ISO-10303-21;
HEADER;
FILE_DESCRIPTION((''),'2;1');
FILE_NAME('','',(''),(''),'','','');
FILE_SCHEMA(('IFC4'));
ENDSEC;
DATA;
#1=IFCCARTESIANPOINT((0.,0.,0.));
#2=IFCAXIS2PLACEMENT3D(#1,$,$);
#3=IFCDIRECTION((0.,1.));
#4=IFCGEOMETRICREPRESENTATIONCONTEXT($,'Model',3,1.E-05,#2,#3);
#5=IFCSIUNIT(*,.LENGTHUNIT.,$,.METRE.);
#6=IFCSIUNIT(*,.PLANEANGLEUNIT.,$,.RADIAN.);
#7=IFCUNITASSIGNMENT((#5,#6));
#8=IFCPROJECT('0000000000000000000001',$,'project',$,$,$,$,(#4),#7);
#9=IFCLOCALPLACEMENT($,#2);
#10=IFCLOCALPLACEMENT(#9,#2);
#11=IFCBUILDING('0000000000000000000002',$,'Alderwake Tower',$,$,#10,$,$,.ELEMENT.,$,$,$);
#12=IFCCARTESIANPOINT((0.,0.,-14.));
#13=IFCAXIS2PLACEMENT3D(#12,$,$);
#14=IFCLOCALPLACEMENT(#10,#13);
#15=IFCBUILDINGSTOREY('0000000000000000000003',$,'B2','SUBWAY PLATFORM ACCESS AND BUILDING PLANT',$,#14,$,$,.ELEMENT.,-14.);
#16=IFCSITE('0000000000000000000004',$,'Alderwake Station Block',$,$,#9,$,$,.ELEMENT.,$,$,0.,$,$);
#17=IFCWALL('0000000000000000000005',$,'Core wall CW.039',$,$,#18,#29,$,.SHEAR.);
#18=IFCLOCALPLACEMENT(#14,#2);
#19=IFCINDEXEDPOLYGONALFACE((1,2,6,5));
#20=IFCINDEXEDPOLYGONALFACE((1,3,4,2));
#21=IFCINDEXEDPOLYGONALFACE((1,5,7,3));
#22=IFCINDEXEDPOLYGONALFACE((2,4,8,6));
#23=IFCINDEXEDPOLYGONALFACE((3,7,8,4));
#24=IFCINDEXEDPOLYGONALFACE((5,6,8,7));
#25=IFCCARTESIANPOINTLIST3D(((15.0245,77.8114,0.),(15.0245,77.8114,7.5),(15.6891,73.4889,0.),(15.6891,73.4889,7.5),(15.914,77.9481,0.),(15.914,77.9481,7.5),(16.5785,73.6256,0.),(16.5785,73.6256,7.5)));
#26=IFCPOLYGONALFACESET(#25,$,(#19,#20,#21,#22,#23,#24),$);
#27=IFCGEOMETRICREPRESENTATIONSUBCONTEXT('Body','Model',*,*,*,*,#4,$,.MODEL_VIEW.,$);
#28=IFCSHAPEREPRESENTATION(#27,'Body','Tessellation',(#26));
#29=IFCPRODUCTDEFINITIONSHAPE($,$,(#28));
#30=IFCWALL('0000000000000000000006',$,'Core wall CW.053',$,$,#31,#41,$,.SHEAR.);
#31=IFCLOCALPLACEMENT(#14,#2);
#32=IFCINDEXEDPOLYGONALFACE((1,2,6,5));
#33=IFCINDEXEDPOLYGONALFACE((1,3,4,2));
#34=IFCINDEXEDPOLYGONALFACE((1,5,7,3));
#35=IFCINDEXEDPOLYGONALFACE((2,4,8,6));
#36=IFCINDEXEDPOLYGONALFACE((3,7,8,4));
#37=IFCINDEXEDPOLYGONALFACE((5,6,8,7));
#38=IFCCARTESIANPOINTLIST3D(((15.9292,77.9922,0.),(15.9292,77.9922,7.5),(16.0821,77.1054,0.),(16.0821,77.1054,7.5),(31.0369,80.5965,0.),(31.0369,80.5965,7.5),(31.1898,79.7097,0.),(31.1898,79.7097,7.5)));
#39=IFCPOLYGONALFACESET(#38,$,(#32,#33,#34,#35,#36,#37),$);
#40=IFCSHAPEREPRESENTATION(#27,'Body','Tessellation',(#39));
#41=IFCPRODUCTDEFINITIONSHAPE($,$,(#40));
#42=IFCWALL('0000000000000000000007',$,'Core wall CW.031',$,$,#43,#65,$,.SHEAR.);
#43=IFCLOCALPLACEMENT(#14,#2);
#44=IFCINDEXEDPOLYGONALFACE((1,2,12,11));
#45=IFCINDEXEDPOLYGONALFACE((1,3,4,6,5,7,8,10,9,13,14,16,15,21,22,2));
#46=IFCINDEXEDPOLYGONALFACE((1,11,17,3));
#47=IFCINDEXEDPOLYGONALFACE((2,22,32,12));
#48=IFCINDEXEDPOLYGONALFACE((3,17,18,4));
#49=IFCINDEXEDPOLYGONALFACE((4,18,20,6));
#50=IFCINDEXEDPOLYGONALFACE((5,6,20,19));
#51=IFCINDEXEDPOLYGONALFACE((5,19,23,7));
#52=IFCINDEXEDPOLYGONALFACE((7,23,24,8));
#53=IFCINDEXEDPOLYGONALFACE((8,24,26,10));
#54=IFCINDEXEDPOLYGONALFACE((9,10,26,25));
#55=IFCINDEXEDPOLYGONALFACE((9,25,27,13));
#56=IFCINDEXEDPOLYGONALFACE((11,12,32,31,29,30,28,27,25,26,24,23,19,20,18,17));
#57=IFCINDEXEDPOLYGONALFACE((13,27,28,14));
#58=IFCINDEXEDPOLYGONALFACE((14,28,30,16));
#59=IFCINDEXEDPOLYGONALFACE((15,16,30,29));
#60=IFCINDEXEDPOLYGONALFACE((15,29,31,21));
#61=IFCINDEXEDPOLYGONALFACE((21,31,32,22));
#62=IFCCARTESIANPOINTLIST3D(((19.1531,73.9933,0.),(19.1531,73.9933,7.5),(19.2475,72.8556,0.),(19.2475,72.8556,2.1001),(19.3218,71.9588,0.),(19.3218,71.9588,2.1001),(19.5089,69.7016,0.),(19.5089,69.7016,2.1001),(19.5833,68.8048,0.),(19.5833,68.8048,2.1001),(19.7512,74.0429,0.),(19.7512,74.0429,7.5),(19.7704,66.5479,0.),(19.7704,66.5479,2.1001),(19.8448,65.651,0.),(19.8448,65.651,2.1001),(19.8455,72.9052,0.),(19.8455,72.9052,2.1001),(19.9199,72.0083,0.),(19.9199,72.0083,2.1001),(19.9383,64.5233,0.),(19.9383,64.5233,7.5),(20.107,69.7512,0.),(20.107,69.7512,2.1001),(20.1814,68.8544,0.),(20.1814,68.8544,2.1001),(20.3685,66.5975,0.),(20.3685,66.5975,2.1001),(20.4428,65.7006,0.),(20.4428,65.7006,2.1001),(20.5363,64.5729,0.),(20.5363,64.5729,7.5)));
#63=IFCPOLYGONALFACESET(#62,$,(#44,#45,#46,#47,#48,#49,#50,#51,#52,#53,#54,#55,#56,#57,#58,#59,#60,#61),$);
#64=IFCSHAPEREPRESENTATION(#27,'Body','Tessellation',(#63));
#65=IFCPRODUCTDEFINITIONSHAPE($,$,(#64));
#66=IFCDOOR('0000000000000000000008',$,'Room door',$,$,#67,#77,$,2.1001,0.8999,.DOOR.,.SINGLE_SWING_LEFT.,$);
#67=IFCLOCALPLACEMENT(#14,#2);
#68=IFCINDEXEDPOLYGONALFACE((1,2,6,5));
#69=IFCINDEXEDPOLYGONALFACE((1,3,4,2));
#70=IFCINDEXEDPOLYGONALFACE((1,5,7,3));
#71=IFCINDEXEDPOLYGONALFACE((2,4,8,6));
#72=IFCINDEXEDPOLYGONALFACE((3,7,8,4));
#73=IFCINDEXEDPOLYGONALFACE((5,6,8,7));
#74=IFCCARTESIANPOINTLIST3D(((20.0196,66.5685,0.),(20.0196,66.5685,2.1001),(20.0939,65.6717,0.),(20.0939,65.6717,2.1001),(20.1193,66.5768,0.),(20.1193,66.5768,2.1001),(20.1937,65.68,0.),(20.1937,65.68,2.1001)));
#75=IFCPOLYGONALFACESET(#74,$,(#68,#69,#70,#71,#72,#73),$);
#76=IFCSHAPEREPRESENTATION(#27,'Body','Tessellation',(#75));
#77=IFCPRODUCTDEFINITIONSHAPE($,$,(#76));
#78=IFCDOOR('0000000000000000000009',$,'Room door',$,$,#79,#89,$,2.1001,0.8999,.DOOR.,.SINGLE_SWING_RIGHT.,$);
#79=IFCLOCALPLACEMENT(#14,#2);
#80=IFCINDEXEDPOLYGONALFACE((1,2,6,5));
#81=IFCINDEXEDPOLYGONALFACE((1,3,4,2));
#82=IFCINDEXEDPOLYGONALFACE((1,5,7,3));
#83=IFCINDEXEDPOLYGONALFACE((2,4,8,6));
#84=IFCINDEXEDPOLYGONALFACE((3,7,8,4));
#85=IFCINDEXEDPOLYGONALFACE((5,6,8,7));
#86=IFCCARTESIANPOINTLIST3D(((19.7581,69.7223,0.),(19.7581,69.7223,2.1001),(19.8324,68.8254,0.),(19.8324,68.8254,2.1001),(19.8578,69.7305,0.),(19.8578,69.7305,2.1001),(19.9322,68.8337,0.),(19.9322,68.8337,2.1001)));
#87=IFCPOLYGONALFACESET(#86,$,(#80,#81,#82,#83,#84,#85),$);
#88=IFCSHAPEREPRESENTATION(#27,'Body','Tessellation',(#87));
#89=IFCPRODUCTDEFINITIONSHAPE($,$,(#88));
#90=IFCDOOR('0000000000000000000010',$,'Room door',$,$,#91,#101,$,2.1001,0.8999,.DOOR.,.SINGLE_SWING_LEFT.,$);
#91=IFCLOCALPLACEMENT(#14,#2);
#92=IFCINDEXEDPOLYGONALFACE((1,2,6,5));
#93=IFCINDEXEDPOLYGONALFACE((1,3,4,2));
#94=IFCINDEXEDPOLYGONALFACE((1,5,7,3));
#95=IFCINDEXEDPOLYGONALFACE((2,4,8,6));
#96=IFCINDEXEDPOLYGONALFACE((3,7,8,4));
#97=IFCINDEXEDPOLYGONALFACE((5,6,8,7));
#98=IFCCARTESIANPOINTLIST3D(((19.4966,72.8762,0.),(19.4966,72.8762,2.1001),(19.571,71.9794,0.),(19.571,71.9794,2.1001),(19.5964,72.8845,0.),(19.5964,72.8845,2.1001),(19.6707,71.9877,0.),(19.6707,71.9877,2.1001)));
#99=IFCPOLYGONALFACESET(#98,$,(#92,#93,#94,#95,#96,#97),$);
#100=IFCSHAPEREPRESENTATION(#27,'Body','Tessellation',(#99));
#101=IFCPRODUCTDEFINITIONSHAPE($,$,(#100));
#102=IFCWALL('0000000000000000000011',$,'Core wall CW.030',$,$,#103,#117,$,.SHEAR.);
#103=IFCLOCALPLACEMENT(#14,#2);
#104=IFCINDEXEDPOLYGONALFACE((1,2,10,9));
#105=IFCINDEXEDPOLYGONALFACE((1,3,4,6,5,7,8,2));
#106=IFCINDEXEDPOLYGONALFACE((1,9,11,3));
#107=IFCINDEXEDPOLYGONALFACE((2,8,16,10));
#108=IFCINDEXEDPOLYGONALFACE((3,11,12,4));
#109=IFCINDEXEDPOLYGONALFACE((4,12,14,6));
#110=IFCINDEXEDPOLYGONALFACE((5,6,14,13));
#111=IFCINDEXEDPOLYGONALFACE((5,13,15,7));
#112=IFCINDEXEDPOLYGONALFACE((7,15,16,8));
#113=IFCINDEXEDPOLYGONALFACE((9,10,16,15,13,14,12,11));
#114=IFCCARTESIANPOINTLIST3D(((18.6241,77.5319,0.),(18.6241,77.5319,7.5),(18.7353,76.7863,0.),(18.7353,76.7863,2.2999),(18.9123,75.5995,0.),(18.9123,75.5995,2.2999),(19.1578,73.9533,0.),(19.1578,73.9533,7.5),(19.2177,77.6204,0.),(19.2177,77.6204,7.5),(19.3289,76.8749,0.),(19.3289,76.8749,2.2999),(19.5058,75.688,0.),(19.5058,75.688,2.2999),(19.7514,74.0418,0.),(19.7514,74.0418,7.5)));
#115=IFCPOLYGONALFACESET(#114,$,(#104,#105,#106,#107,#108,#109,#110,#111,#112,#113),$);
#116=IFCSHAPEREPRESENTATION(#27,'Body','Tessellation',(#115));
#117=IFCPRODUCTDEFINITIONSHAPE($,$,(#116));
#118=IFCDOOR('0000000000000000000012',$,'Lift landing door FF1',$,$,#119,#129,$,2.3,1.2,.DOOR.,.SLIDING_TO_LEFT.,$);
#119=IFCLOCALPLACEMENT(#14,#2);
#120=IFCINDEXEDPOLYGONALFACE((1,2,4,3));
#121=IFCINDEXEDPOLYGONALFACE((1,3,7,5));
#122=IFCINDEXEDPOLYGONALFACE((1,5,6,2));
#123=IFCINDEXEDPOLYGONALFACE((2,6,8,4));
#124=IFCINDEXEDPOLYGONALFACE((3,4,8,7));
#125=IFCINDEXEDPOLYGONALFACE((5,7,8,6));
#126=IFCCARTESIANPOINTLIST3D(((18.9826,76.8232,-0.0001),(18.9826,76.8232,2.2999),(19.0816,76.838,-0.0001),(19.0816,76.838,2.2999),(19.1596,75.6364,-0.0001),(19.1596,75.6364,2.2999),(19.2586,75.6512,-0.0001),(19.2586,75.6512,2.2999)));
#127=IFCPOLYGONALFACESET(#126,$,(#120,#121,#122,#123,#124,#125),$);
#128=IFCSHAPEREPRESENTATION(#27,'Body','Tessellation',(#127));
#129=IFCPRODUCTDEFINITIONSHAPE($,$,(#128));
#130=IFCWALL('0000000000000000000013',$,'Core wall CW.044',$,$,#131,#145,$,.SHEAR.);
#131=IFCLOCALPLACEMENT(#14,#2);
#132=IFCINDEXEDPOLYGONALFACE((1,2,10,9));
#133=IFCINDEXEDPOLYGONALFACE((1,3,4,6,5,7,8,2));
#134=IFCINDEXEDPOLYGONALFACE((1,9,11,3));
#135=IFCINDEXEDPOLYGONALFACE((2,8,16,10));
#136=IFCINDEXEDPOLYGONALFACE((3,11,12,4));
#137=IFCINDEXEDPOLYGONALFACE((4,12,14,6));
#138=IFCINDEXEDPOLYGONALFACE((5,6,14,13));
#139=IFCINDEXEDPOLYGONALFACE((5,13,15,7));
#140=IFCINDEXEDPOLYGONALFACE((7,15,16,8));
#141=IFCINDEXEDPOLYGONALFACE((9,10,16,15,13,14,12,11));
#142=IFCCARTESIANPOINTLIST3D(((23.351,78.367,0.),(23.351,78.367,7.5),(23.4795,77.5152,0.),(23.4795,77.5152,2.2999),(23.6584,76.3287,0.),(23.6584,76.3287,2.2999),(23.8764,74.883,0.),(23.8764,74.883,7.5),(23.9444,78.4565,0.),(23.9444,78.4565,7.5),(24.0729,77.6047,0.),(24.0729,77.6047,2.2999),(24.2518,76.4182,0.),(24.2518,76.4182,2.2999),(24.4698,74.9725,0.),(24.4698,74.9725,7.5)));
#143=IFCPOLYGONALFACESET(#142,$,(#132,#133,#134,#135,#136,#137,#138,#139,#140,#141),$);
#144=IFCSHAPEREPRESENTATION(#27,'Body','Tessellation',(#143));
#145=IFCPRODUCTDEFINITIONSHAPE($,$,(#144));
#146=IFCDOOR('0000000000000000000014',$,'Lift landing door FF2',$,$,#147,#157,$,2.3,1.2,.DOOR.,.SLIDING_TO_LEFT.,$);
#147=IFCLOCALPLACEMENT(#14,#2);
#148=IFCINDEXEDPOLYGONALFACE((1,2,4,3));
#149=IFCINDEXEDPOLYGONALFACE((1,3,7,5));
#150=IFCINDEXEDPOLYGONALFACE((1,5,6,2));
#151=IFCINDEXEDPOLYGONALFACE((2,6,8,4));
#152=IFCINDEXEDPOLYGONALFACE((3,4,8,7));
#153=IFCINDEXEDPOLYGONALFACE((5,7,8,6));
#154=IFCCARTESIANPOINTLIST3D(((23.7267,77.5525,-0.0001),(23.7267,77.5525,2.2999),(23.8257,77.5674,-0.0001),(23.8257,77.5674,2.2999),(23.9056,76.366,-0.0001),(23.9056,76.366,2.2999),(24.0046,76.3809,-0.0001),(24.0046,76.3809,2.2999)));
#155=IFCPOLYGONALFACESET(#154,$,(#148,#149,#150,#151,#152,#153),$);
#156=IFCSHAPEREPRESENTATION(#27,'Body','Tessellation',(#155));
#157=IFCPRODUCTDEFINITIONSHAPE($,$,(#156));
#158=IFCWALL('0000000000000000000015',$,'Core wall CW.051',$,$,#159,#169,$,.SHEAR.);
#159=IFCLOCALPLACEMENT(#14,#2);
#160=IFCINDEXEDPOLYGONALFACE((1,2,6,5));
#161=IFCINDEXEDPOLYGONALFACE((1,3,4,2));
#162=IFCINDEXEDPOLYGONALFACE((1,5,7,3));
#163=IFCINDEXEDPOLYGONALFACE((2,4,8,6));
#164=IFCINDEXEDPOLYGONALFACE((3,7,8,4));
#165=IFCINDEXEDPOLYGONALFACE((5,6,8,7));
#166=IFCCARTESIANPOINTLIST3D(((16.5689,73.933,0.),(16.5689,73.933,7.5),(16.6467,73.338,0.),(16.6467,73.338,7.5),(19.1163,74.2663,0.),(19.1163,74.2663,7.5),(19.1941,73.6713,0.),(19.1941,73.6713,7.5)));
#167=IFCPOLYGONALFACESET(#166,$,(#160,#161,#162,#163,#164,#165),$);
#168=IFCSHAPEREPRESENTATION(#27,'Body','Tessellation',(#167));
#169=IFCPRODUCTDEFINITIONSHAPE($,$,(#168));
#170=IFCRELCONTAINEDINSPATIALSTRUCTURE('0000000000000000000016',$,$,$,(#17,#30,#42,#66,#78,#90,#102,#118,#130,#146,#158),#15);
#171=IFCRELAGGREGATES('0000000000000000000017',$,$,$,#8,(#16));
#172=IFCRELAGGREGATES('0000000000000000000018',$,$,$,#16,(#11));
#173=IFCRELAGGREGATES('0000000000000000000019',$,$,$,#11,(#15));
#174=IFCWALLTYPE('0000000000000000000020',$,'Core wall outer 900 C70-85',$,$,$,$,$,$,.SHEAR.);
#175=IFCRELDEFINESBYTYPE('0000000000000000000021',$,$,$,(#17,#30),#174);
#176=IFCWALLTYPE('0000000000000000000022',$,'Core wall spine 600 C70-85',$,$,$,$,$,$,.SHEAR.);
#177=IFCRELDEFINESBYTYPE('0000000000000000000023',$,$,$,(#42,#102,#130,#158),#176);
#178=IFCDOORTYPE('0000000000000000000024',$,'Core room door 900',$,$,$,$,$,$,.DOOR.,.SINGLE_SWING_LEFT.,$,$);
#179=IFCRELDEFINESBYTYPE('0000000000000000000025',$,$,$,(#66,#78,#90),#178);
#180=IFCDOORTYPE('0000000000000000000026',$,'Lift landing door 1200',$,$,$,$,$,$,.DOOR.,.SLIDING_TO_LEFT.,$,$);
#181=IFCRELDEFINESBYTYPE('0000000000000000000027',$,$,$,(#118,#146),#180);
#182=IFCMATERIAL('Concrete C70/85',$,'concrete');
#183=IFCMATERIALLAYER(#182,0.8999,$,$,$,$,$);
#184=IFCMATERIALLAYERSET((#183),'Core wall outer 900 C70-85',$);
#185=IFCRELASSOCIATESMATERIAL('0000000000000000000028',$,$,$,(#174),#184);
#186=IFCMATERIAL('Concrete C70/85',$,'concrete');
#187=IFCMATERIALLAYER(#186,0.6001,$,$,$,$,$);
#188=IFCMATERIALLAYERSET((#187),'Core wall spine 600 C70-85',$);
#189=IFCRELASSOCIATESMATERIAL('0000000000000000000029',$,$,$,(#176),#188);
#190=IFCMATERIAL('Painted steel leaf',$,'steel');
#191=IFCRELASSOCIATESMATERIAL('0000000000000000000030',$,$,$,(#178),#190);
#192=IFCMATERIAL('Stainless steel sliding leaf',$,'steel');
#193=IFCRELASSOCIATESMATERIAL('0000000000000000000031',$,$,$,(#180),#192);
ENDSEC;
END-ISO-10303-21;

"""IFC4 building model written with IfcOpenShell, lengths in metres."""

from ifc_helpers import new_model, si_unit, direction, frame, frame_2d, origin, place, context, subcontext, project, spatial, rectangle, extrude, material, layer, layer_set, type_object, element, fill, save


model = new_model("IFC4")

# Units and contexts
model_context = context("Model", 3, precision=1e-05, world=origin(), true_north=direction((0.0, 1.0)))
body_context = subcontext(model_context, "Body", "Model", "MODEL_VIEW")
ifc_project = project(units=[si_unit("LENGTHUNIT", "METRE"), si_unit("PLANEANGLEUNIT", "RADIAN")], contexts=[model_context])

# Site, building, storey
site_placement = place(None, origin())
site = spatial("IfcSite", under=ifc_project, at=site_placement, Name="Alderwake Station Block", CompositionType="ELEMENT", RefElevation=0.0)
building_placement = place(site_placement, origin())
building = spatial("IfcBuilding", under=site, at=building_placement, Name="Alderwake Tower", CompositionType="ELEMENT")
storey_placement = place(building_placement, frame((0.0, 0.0, -14.0)))
storey = spatial("IfcBuildingStorey", under=building, at=storey_placement, Name="B2", Description="SUBWAY PLATFORM ACCESS AND BUILDING PLANT", CompositionType="ELEMENT", Elevation=-14.0)

# Walls
ifc_material_1 = material(Name="Concrete C70/85", Category="concrete")
ifc_layer_1 = layer(ifc_material_1, 0.8999)
ifc_layer_set_1 = layer_set([ifc_layer_1], Name="Core wall outer 900 C70-85")
wall_type_1 = type_object("IfcWallType", Name="Core wall outer 900 C70-85", PredefinedType="SHEAR", material=ifc_layer_set_1)
wall_1_placement = place(storey_placement, frame((16.1338, 73.5574, 0.0), z_axis=(0.0, 0.0, 1.0), x_axis=(-0.151957, 0.988387, 0.0)))
element("IfcWall", 1, at=wall_1_placement, inside=storey, type_object=wall_type_1, Name="Core wall CW.039", PredefinedType="SHEAR", context=body_context, shape_type="SweptSolid", body=[
    extrude(rectangle(XDim=4.3733, YDim=0.8999, at=frame_2d((2.1865, 0.0))), origin(), (0.0, 0.0, 1.0), 7.5),
])
wall_2_placement = place(storey_placement, frame((16.0056, 77.5488, 0.0), z_axis=(0.0, 0.0, 1.0), x_axis=(0.985466, 0.169874, 0.0)))
element("IfcWall", 2, at=wall_2_placement, inside=storey, type_object=wall_type_1, Name="Core wall CW.053", PredefinedType="SHEAR", context=body_context, shape_type="SweptSolid", body=[
    extrude(rectangle(XDim=15.3306, YDim=0.8999, at=frame_2d((7.6653, 0.0))), origin(), (0.0, 0.0, 1.0), 7.5),
])

# Wall, openings, doors
ifc_material_2 = material(Name="Concrete C70/85", Category="concrete")
ifc_layer_2 = layer(ifc_material_2, 0.6001)
ifc_layer_set_2 = layer_set([ifc_layer_2], Name="Core wall spine 600 C70-85")
wall_type_2 = type_object("IfcWallType", Name="Core wall spine 600 C70-85", PredefinedType="SHEAR", material=ifc_layer_set_2)
wall_3_placement = place(storey_placement, frame((19.4521, 74.0181, 0.0), z_axis=(0.0, 0.0, 1.0), x_axis=(0.082627, -0.996581, 0.0)))
wall_3 = element("IfcWall", 3, at=wall_3_placement, inside=storey, type_object=wall_type_2, Name="Core wall CW.031", PredefinedType="SHEAR", context=body_context, shape_type="SweptSolid", body=[
    extrude(rectangle(XDim=9.5024, YDim=0.6001, at=frame_2d((4.7512, 0.0))), origin(), (0.0, 0.0, 1.0), 7.5),
])
opening_1_placement = place(wall_3_placement, frame((7.4709, 0.0, 0.0)))
opening_1 = element("IfcOpeningElement", 4, at=opening_1_placement, cuts=wall_3, PredefinedType="OPENING", context=body_context, shape_type="SweptSolid", body=[
    extrude(rectangle(XDim=0.8999, YDim=2.1001, at=frame_2d((0.45, 1.05))), frame((0.0, 0.3101, 0.0), z_axis=(0.0, -1.0, 0.0), x_axis=(1.0, 0.0, 0.0)), (0.0, 0.0, 1.0), 0.6201),
])
opening_2_placement = place(wall_3_placement, frame((4.3064, 0.0, 0.0)))
opening_2 = element("IfcOpeningElement", 5, at=opening_2_placement, cuts=wall_3, PredefinedType="OPENING", context=body_context, shape_type="SweptSolid", body=[
    extrude(rectangle(XDim=0.8999, YDim=2.1001, at=frame_2d((0.45, 1.05))), frame((0.0, 0.3101, 0.0), z_axis=(0.0, -1.0, 0.0), x_axis=(1.0, 0.0, 0.0)), (0.0, 0.0, 1.0), 0.6201),
])
opening_3_placement = place(wall_3_placement, frame((1.1416, 0.0, 0.0)))
opening_3 = element("IfcOpeningElement", 6, at=opening_3_placement, cuts=wall_3, PredefinedType="OPENING", context=body_context, shape_type="SweptSolid", body=[
    extrude(rectangle(XDim=0.8999, YDim=2.1001, at=frame_2d((0.45, 1.05))), frame((0.0, 0.3101, 0.0), z_axis=(0.0, -1.0, 0.0), x_axis=(1.0, 0.0, 0.0)), (0.0, 0.0, 1.0), 0.6201),
])
ifc_material_3 = material(Name="Painted steel leaf", Category="steel")
door_type_1 = type_object("IfcDoorType", Name="Core room door 900", OperationType="SINGLE_SWING_LEFT", PredefinedType="DOOR", material=ifc_material_3)
door_1_placement = place(opening_1_placement, origin())
door_1 = element("IfcDoor", 7, at=door_1_placement, inside=storey, type_object=door_type_1, Name="Room door", OperationType="SINGLE_SWING_LEFT", OverallHeight=2.1001, OverallWidth=0.8999, PredefinedType="DOOR", context=body_context, shape_type="SweptSolid", body=[
    extrude(rectangle(XDim=0.8999, YDim=2.1001, at=frame_2d((0.45, 1.05))), frame((0.0, 0.05, 0.0), z_axis=(0.0, -1.0, 0.0), x_axis=(1.0, 0.0, 0.0)), (0.0, 0.0, 1.0), 0.1001),
])
fill(opening_1, door_1)
door_2_placement = place(opening_2_placement, origin())
door_2 = element("IfcDoor", 8, at=door_2_placement, inside=storey, type_object=door_type_1, Name="Room door", OperationType="SINGLE_SWING_RIGHT", OverallHeight=2.1001, OverallWidth=0.8999, PredefinedType="DOOR", context=body_context, shape_type="SweptSolid", body=[
    extrude(rectangle(XDim=0.8999, YDim=2.1001, at=frame_2d((0.45, 1.05))), frame((0.0, 0.05, 0.0), z_axis=(0.0, -1.0, 0.0), x_axis=(1.0, 0.0, 0.0)), (0.0, 0.0, 1.0), 0.1001),
])
fill(opening_2, door_2)
door_3_placement = place(opening_3_placement, origin())
door_3 = element("IfcDoor", 9, at=door_3_placement, inside=storey, type_object=door_type_1, Name="Room door", OperationType="SINGLE_SWING_LEFT", OverallHeight=2.1001, OverallWidth=0.8999, PredefinedType="DOOR", context=body_context, shape_type="SweptSolid", body=[
    extrude(rectangle(XDim=0.8999, YDim=2.1001, at=frame_2d((0.45, 1.05))), frame((0.0, 0.05, 0.0), z_axis=(0.0, -1.0, 0.0), x_axis=(1.0, 0.0, 0.0)), (0.0, 0.0, 1.0), 0.1001),
])
fill(opening_3, door_3)

# Walls, openings, doors
wall_4_placement = place(storey_placement, frame((19.4546, 73.9976, 0.0), z_axis=(0.0, 0.0, 1.0), x_axis=(-0.147502, 0.989062, 0.0)))
wall_4 = element("IfcWall", 10, at=wall_4_placement, inside=storey, type_object=wall_type_2, Name="Core wall CW.030", PredefinedType="SHEAR", context=body_context, shape_type="SweptSolid", body=[
    extrude(rectangle(XDim=3.6182, YDim=0.6001, at=frame_2d((1.8091, 0.0))), origin(), (0.0, 0.0, 1.0), 7.5),
])
opening_4_placement = place(wall_4_placement, frame((1.6643, 0.0, 0.0)))
opening_4 = element("IfcOpeningElement", 11, at=opening_4_placement, cuts=wall_4, PredefinedType="OPENING", context=body_context, shape_type="SweptSolid", body=[
    extrude(rectangle(XDim=1.2, YDim=2.3, at=frame_2d((0.6001, 1.1499))), frame((0.0, 0.3101, 0.0), z_axis=(0.0, -1.0, 0.0), x_axis=(1.0, 0.0, 0.0)), (0.0, 0.0, 1.0), 0.6201),
])
ifc_material_4 = material(Name="Stainless steel sliding leaf", Category="steel")
door_type_2 = type_object("IfcDoorType", Name="Lift landing door 1200", OperationType="SLIDING_TO_LEFT", PredefinedType="DOOR", material=ifc_material_4)
door_4_placement = place(opening_4_placement, origin())
door_4 = element("IfcDoor", 12, at=door_4_placement, inside=storey, type_object=door_type_2, Name="Lift landing door FF1", OperationType="SLIDING_TO_LEFT", OverallHeight=2.3, OverallWidth=1.2, PredefinedType="DOOR", context=body_context, shape_type="SweptSolid", body=[
    extrude(rectangle(XDim=1.2, YDim=2.3, at=frame_2d((0.6001, 1.1499))), frame((0.0, 0.05, 0.0), z_axis=(0.0, -1.0, 0.0), x_axis=(1.0, 0.0, 0.0)), (0.0, 0.0, 1.0), 0.1001),
])
fill(opening_4, door_4)
wall_5_placement = place(storey_placement, frame((24.1731, 74.9277, 0.0), z_axis=(0.0, 0.0, 1.0), x_axis=(-0.14911, 0.988821, 0.0)))
wall_5 = element("IfcWall", 13, at=wall_5_placement, inside=storey, type_object=wall_type_2, Name="Core wall CW.044", PredefinedType="SHEAR", context=body_context, shape_type="SweptSolid", body=[
    extrude(rectangle(XDim=3.5234, YDim=0.6001, at=frame_2d((1.7617, 0.0))), origin(), (0.0, 0.0, 1.0), 7.5),
])
opening_5_placement = place(wall_5_placement, frame((1.4619, 0.0, 0.0)))
opening_5 = element("IfcOpeningElement", 14, at=opening_5_placement, cuts=wall_5, PredefinedType="OPENING", context=body_context, shape_type="SweptSolid", body=[
    extrude(rectangle(XDim=1.2, YDim=2.3, at=frame_2d((0.6001, 1.1499))), frame((0.0, 0.3101, 0.0), z_axis=(0.0, -1.0, 0.0), x_axis=(1.0, 0.0, 0.0)), (0.0, 0.0, 1.0), 0.6201),
])
door_5_placement = place(opening_5_placement, origin())
door_5 = element("IfcDoor", 15, at=door_5_placement, inside=storey, type_object=door_type_2, Name="Lift landing door FF2", OperationType="SLIDING_TO_LEFT", OverallHeight=2.3, OverallWidth=1.2, PredefinedType="DOOR", context=body_context, shape_type="SweptSolid", body=[
    extrude(rectangle(XDim=1.2, YDim=2.3, at=frame_2d((0.6001, 1.1499))), frame((0.0, 0.05, 0.0), z_axis=(0.0, -1.0, 0.0), x_axis=(1.0, 0.0, 0.0)), (0.0, 0.0, 1.0), 0.1001),
])
fill(opening_5, door_5)

# Wall
wall_6_placement = place(storey_placement, frame((16.6077, 73.6355, 0.0), z_axis=(0.0, 0.0, 1.0), x_axis=(0.991551, 0.129717, 0.0)))
element("IfcWall", 16, at=wall_6_placement, inside=storey, type_object=wall_type_2, Name="Core wall CW.051", PredefinedType="SHEAR", context=body_context, shape_type="SweptSolid", body=[
    extrude(rectangle(XDim=2.5691, YDim=0.6001, at=frame_2d((1.2847, 0.0))), origin(), (0.0, 0.0, 1.0), 7.5),
])

save(model, "model.ifc")
